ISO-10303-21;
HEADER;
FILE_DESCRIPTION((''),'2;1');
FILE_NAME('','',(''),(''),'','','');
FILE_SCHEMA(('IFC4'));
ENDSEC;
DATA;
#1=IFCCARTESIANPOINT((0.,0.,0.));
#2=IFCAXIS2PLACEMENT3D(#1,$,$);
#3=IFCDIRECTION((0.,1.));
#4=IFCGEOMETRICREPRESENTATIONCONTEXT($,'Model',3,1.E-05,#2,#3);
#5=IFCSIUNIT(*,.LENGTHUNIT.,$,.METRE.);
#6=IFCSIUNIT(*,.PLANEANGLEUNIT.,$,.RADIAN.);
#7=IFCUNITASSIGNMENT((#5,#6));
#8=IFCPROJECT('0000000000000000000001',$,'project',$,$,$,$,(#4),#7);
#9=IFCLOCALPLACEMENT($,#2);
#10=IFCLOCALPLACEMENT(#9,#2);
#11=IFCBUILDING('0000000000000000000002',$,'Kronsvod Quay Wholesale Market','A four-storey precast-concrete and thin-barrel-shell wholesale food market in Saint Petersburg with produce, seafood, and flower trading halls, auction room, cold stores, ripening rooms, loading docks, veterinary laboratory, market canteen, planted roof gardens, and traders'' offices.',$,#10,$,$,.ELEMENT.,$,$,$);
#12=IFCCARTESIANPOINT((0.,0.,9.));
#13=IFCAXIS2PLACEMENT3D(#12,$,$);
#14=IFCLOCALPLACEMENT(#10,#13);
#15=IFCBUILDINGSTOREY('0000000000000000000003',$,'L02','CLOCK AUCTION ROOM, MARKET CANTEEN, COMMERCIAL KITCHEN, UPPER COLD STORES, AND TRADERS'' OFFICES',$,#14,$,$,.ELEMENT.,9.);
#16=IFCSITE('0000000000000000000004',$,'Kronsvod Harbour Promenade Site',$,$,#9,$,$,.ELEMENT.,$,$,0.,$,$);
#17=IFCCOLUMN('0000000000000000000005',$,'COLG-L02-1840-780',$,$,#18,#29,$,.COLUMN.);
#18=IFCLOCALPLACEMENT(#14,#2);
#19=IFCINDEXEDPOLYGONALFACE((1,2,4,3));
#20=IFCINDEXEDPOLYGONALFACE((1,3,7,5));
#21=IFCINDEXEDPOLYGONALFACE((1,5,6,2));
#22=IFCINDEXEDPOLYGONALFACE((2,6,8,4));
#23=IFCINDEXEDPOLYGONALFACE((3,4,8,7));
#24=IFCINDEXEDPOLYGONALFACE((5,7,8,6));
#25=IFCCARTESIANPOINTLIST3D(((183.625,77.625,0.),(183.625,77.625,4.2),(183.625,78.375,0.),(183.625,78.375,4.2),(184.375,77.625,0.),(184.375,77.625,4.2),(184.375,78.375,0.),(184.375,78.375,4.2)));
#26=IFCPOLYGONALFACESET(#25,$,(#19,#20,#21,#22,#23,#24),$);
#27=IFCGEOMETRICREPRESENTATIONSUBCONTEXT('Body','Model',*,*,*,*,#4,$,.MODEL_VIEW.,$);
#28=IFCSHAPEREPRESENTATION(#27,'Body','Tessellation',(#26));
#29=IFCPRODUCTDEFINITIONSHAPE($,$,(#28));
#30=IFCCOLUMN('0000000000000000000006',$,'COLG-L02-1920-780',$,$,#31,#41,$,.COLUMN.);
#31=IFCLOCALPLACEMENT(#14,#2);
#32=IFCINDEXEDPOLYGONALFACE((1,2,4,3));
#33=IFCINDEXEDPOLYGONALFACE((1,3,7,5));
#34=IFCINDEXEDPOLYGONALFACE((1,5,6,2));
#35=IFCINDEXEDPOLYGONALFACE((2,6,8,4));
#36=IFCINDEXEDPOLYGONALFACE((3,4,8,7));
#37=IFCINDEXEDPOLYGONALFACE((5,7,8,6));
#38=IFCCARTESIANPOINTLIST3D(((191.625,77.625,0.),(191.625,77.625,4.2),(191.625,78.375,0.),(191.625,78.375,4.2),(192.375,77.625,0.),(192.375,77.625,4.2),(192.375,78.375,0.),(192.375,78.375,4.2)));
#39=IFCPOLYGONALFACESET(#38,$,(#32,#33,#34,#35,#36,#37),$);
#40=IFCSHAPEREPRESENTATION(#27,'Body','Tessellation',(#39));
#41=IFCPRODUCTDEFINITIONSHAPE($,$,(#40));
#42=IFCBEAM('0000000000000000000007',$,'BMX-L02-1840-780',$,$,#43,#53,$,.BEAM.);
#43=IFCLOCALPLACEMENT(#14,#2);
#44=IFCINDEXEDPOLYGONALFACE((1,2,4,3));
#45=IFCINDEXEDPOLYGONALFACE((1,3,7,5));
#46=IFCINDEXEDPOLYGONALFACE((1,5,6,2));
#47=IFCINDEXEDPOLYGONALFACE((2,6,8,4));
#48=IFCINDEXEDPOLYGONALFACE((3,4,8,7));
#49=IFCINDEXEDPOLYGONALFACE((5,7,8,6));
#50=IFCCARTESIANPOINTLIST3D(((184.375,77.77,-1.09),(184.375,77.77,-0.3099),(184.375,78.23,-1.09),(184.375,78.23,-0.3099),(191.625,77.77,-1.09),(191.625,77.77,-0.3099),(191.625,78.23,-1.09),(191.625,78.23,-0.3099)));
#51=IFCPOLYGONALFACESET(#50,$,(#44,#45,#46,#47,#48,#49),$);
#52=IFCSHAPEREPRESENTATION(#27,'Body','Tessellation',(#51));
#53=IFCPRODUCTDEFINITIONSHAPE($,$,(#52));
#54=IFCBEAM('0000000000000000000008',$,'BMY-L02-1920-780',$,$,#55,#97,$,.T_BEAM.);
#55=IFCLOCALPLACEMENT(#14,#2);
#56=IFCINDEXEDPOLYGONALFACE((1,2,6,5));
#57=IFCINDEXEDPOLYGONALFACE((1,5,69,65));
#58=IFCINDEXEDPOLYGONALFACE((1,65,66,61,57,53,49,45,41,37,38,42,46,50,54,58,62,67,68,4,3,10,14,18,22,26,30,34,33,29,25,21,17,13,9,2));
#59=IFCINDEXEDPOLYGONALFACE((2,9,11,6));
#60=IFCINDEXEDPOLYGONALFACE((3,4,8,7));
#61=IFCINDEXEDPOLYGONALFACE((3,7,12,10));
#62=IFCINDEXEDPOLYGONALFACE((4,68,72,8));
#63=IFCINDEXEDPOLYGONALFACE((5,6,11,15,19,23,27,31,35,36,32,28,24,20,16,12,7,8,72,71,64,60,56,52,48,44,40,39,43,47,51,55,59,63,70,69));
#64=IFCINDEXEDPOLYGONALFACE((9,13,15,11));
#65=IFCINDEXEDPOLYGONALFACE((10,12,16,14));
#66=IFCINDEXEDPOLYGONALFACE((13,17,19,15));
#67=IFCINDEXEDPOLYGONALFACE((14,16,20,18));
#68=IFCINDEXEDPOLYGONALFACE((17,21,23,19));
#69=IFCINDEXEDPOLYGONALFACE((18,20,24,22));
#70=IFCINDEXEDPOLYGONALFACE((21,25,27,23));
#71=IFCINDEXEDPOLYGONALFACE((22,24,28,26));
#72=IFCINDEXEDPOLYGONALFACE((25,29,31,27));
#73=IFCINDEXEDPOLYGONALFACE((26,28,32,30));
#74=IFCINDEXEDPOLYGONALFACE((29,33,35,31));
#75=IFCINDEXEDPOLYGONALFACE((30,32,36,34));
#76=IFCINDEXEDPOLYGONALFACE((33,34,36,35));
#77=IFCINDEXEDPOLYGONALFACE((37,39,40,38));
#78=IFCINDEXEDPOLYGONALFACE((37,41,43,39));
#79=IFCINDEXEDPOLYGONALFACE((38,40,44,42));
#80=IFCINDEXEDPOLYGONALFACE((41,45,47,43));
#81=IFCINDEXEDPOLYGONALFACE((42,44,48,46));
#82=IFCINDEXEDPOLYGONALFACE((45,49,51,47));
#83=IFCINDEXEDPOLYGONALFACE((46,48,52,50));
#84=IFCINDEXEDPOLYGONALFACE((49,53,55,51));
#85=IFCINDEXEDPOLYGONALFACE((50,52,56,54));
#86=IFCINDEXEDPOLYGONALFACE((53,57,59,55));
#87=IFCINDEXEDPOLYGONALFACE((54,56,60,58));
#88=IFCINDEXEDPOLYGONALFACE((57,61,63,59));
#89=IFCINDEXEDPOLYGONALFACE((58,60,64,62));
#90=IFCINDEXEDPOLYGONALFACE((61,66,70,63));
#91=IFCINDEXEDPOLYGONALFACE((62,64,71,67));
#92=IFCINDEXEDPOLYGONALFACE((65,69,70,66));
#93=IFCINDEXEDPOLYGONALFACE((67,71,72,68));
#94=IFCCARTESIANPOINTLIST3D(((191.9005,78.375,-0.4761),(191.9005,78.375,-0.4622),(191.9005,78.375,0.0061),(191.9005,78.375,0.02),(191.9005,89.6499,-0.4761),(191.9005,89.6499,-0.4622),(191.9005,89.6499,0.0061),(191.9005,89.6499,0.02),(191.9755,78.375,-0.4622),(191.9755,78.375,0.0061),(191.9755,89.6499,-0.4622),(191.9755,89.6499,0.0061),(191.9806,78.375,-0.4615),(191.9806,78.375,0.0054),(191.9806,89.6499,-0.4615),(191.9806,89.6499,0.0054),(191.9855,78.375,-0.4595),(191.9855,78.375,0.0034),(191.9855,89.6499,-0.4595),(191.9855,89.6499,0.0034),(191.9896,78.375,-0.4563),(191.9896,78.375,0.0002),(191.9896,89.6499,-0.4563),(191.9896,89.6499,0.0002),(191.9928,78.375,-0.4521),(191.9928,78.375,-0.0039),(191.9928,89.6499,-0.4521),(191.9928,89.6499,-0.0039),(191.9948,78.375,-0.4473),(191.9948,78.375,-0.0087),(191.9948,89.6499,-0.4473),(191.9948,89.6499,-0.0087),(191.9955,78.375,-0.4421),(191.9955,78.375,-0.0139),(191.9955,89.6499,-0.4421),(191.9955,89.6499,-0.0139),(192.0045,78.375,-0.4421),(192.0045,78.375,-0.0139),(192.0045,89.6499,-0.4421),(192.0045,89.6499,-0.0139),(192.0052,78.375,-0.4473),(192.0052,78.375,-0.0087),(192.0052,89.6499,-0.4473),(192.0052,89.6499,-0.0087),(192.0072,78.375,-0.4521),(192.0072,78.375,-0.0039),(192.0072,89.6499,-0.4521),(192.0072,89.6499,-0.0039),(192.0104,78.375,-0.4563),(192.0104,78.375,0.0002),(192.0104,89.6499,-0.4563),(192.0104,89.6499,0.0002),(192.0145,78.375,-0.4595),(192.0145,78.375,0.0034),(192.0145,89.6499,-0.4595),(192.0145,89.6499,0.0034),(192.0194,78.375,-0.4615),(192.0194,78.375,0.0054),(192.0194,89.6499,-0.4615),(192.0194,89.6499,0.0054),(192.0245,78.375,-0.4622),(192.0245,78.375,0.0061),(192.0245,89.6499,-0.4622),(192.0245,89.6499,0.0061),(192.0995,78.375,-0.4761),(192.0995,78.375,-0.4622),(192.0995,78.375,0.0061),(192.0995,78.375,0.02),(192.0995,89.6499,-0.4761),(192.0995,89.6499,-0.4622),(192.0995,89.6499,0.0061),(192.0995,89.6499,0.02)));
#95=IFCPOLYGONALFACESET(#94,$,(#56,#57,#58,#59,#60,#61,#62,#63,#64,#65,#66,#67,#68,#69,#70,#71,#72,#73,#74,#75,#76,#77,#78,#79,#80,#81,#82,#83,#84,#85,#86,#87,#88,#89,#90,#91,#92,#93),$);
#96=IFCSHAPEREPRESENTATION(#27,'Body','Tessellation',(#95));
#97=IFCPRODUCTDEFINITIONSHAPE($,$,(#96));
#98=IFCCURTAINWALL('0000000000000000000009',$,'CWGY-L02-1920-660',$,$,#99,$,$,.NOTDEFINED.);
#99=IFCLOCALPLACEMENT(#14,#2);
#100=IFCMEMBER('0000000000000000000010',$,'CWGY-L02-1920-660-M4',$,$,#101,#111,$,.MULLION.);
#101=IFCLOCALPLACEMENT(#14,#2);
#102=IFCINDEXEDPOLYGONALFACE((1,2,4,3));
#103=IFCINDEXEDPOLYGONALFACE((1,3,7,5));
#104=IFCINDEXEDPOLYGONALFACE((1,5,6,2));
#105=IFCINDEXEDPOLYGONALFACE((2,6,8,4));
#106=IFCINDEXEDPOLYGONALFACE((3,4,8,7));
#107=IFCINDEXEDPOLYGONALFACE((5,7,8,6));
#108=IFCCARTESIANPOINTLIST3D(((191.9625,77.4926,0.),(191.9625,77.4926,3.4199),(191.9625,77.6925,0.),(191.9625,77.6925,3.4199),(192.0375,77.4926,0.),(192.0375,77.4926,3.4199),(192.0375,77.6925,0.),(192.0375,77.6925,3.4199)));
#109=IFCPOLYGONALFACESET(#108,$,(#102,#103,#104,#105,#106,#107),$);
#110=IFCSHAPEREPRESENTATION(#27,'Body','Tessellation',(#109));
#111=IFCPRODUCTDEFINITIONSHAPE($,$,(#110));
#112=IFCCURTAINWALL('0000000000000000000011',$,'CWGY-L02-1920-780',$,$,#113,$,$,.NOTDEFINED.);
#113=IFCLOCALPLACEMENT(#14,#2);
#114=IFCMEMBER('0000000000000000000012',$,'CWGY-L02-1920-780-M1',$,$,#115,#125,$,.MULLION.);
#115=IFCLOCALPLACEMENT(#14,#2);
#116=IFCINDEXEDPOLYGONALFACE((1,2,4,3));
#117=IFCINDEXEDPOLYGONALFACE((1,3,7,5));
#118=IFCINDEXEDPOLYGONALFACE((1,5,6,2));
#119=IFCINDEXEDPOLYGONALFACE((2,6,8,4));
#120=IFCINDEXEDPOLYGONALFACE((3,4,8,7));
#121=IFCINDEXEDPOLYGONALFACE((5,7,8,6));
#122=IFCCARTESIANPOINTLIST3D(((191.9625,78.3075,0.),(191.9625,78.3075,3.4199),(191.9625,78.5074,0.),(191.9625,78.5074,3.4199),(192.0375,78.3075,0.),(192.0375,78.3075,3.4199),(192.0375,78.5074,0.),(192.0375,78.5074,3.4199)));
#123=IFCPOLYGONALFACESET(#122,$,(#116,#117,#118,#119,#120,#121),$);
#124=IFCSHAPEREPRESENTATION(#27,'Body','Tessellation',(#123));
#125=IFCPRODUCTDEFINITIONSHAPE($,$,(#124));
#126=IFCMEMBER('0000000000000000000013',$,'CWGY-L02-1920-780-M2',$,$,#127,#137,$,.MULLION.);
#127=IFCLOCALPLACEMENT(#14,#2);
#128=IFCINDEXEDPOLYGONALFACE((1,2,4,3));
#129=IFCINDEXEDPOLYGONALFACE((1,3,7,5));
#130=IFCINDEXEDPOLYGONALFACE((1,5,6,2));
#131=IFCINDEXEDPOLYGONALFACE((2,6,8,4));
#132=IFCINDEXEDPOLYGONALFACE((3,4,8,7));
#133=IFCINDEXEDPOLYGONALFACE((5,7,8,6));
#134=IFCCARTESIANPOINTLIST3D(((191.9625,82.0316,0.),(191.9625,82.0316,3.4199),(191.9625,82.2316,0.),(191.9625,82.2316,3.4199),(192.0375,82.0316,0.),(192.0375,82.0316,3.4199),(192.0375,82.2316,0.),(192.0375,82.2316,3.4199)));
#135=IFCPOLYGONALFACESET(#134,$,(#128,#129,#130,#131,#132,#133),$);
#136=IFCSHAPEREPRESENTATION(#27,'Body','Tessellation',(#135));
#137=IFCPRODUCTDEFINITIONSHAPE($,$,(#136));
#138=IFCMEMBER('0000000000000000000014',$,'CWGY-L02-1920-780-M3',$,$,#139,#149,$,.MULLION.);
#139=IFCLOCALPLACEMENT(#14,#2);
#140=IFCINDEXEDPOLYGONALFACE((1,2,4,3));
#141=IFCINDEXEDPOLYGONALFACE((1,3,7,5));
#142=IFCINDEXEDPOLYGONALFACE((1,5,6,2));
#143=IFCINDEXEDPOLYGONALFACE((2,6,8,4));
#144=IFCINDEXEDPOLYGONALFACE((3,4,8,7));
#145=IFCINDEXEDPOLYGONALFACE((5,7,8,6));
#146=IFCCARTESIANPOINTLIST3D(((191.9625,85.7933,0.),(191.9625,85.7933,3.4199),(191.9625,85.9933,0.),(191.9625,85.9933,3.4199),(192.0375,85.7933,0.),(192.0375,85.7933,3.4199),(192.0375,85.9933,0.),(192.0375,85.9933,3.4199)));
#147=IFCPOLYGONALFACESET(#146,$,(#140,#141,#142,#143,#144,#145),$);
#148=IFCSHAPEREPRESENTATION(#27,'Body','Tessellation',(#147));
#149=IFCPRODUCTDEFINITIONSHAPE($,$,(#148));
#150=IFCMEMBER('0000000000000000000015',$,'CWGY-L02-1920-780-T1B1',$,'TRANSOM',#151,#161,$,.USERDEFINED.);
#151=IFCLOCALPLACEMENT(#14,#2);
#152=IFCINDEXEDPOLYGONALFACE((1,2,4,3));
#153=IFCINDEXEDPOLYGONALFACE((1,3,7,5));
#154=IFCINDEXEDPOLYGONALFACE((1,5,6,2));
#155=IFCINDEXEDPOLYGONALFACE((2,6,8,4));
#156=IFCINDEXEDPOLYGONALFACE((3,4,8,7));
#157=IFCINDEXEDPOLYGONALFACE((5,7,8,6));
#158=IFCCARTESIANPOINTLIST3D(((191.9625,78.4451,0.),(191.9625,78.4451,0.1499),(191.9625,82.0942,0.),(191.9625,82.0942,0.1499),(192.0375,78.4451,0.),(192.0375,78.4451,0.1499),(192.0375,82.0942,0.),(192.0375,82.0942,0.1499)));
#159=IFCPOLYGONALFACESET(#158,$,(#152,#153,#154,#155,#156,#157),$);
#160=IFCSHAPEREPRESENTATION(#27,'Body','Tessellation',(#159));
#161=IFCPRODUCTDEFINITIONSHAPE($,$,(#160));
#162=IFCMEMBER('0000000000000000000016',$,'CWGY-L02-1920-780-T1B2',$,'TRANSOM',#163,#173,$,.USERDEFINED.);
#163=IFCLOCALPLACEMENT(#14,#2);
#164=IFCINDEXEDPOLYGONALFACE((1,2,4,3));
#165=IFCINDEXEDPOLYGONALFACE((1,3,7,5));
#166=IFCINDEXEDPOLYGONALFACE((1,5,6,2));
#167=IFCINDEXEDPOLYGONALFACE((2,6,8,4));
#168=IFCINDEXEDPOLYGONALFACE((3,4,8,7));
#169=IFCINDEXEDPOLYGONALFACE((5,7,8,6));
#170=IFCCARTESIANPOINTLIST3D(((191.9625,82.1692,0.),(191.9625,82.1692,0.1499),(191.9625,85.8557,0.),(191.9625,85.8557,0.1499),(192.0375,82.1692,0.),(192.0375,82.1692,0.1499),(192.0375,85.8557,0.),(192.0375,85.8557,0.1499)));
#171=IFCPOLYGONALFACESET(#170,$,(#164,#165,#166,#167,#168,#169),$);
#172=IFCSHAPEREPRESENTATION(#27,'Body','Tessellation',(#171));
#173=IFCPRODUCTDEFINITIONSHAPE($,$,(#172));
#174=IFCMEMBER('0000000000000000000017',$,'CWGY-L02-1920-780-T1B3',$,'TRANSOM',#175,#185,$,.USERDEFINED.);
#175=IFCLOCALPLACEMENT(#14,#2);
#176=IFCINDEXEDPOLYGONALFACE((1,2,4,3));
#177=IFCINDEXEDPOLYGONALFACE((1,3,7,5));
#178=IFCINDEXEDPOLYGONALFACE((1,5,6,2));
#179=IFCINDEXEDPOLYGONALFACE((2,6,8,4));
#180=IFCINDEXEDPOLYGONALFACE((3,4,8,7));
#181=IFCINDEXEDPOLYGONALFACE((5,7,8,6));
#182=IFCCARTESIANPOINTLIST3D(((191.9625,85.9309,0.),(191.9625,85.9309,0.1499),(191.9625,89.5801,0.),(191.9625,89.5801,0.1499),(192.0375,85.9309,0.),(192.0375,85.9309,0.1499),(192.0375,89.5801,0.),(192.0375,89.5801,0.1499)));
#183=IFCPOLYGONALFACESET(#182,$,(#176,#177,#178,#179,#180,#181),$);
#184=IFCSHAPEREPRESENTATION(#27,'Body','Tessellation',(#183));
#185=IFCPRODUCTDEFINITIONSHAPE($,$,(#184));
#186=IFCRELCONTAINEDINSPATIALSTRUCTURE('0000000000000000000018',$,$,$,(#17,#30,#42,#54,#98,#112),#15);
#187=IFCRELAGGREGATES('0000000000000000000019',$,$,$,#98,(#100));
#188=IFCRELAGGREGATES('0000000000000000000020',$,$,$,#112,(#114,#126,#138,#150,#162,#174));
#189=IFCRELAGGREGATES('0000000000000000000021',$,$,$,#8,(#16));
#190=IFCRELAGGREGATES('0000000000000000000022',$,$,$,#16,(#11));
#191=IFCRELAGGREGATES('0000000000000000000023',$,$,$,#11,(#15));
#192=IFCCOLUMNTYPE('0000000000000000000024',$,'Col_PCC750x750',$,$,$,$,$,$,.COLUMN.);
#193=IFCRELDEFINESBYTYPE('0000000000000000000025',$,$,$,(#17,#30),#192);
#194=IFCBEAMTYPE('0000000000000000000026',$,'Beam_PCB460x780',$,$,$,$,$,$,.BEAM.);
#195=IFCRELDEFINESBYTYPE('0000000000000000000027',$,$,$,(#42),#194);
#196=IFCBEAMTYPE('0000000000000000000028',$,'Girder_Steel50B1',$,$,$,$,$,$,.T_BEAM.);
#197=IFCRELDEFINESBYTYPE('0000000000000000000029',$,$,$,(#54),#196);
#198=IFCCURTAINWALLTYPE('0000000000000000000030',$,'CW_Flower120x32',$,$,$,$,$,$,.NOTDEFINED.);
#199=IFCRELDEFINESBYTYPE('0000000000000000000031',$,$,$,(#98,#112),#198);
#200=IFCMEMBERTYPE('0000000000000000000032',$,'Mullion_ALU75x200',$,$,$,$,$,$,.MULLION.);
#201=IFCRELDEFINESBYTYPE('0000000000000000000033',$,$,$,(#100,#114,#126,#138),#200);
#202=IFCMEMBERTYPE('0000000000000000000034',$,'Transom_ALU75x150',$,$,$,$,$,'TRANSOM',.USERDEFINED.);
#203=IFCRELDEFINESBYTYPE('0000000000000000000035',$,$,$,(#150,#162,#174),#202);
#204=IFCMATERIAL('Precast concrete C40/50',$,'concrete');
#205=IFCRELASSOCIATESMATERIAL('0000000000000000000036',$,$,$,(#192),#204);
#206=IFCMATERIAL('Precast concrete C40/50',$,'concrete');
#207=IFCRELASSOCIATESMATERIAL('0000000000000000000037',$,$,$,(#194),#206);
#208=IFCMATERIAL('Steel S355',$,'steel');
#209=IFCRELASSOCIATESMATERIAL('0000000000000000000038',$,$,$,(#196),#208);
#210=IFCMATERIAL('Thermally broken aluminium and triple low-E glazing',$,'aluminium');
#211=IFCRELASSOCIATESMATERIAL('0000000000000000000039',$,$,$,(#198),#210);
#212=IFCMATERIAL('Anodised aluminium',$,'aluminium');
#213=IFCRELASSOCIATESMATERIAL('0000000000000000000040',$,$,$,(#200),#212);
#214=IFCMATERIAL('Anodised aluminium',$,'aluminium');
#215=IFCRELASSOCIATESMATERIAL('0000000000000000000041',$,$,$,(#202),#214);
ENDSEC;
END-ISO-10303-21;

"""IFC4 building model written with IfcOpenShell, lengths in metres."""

from ifc_helpers import new_model, si_unit, direction, frame, origin, origin_2d, place, context, subcontext, project, spatial, rectangle, i_section, extrude, material, material_profile, profile_set, type_object, element, aggregate, save


model = new_model("IFC4")

# Units and contexts
model_context = context("Model", 3, precision=1e-05, world=origin(), true_north=direction((0.0, 1.0)))
body_context = subcontext(model_context, "Body", "Model", "MODEL_VIEW")
ifc_project = project(units=[si_unit("LENGTHUNIT", "METRE"), si_unit("PLANEANGLEUNIT", "RADIAN")], contexts=[model_context])

# Site, building, storey
site_placement = place(None, origin())
site = spatial("IfcSite", under=ifc_project, at=site_placement, Name="Kronsvod Harbour Promenade Site", CompositionType="ELEMENT", RefElevation=0.0)
building_placement = place(site_placement, origin())
building = spatial("IfcBuilding", under=site, at=building_placement, Name="Kronsvod Quay Wholesale Market", Description="A four-storey precast-concrete and thin-barrel-shell wholesale food market in Saint Petersburg with produce, seafood, and flower trading halls, auction room, cold stores, ripening rooms, loading docks, veterinary laboratory, market canteen, planted roof gardens, and traders' offices.", CompositionType="ELEMENT")
storey_placement = place(building_placement, frame((0.0, 0.0, 9.0)))
storey = spatial("IfcBuildingStorey", under=building, at=storey_placement, Name="L02", Description="CLOCK AUCTION ROOM, MARKET CANTEEN, COMMERCIAL KITCHEN, UPPER COLD STORES, AND TRADERS' OFFICES", CompositionType="ELEMENT", Elevation=9.0)

# Columns
ifc_material_1 = material(Name="Precast concrete C40/50", Category="concrete")
ifc_material_profile_1 = material_profile(ifc_material_1, rectangle(XDim=0.75, YDim=0.75, at=origin_2d()), Name="COL-07")
ifc_profile_set_1 = profile_set([ifc_material_profile_1], Name="Precast concrete C40/50")
column_type = type_object("IfcColumnType", Name="Col_PCC750x750", PredefinedType="COLUMN", material=ifc_profile_set_1)
for number, where, z_axis, x_axis, name in (
    (1, (184.0, 78.0, 0.0), (0.0, 0.0, 1.0), (1.0, 0.0, 0.0), "COLG-L02-1840-780"),
    (2, (192.0, 78.0, 0.0), (0.0, 0.0, 1.0), (1.0, 0.0, 0.0), "COLG-L02-1920-780"),
):
    element("IfcColumn", number, at=place(storey_placement, frame(where, z_axis=z_axis, x_axis=x_axis)), inside=storey, type_object=column_type, Name=name, PredefinedType="COLUMN", context=body_context, shape_type="SweptSolid", body=[
        extrude(rectangle(XDim=0.75, YDim=0.75, at=origin_2d()), origin(), (0.0, 0.0, 1.0), 4.2),
    ])

# Beams
ifc_material_2 = material(Name="Precast concrete C40/50", Category="concrete")
ifc_material_profile_2 = material_profile(ifc_material_2, rectangle(XDim=0.46, YDim=0.78, at=origin_2d()), Name="PB-03")
ifc_profile_set_2 = profile_set([ifc_material_profile_2], Name="Precast concrete C40/50")
beam_type_1 = type_object("IfcBeamType", Name="Beam_PCB460x780", PredefinedType="BEAM", material=ifc_profile_set_2)
beam_1_placement = place(storey_placement, frame((184.375, 78.0, -0.7), z_axis=(1.0, 0.0, 0.0), x_axis=(0.0, 1.0, 0.0)))
element("IfcBeam", 3, at=beam_1_placement, inside=storey, type_object=beam_type_1, Name="BMX-L02-1840-780", PredefinedType="BEAM", context=body_context, shape_type="SweptSolid", body=[
    extrude(rectangle(XDim=0.46, YDim=0.78, at=origin_2d()), origin(), (0.0, 0.0, 1.0), 7.25),
])
ifc_material_3 = material(Name="Steel S355", Category="steel")
ifc_material_profile_3 = material_profile(ifc_material_3, i_section(OverallWidth=0.199, OverallDepth=0.4961, WebThickness=0.009, FlangeThickness=0.0139, FilletRadius=0.02, at=origin_2d()), Name="50B1")
ifc_profile_set_3 = profile_set([ifc_material_profile_3], Name="Steel S355")
beam_type_2 = type_object("IfcBeamType", Name="Girder_Steel50B1", PredefinedType="T_BEAM", material=ifc_profile_set_3)
beam_2_placement = place(storey_placement, frame((192.0, 78.375, -0.228), z_axis=(0.0, 1.0, 0.0), x_axis=(-1.0, 0.0, 0.0)))
element("IfcBeam", 4, at=beam_2_placement, inside=storey, type_object=beam_type_2, Name="BMY-L02-1920-780", PredefinedType="T_BEAM", context=body_context, shape_type="SweptSolid", body=[
    extrude(i_section(OverallWidth=0.199, OverallDepth=0.4961, WebThickness=0.009, FlangeThickness=0.0139, FilletRadius=0.02, at=origin_2d()), origin(), (0.0, 0.0, 1.0), 11.2749),
])

# Curtain wall, member
ifc_material_4 = material(Name="Thermally broken aluminium and triple low-E glazing", Category="aluminium")
curtain_wall_type = type_object("IfcCurtainWallType", Name="CW_Flower120x32", PredefinedType="NOTDEFINED", material=ifc_material_4)
curtain_wall_1_placement = place(storey_placement, origin())
curtain_wall_1 = element("IfcCurtainWall", 5, at=curtain_wall_1_placement, inside=storey, type_object=curtain_wall_type, Name="CWGY-L02-1920-660", PredefinedType="NOTDEFINED")
ifc_material_5 = material(Name="Anodised aluminium", Category="aluminium")
ifc_material_profile_4 = material_profile(ifc_material_5, rectangle(XDim=0.075, YDim=0.2, at=origin_2d()), Name="ALUM75x200")
ifc_profile_set_4 = profile_set([ifc_material_profile_4], Name="Anodised aluminium")
member_type_1 = type_object("IfcMemberType", Name="Mullion_ALU75x200", PredefinedType="MULLION", material=ifc_profile_set_4)
member_1_placement = place(storey_placement, frame((192.0, 77.5925, 0.0), z_axis=(0.0, 0.0, 1.0), x_axis=(1.0, 0.0, 0.0)))
member_1 = element("IfcMember", 6, at=member_1_placement, type_object=member_type_1, Name="CWGY-L02-1920-660-M4", PredefinedType="MULLION", context=body_context, shape_type="SweptSolid", body=[
    extrude(rectangle(XDim=0.075, YDim=0.2, at=origin_2d()), origin(), (0.0, 0.0, 1.0), 3.4199),
])

# Curtain wall, members
curtain_wall_2_placement = place(storey_placement, origin())
curtain_wall_2 = element("IfcCurtainWall", 7, at=curtain_wall_2_placement, inside=storey, type_object=curtain_wall_type, Name="CWGY-L02-1920-780", PredefinedType="NOTDEFINED")
member_2_placement = place(storey_placement, frame((192.0, 78.4075, 0.0), z_axis=(0.0, 0.0, 1.0), x_axis=(1.0, 0.0, 0.0)))
member_2 = element("IfcMember", 8, at=member_2_placement, type_object=member_type_1, Name="CWGY-L02-1920-780-M1", PredefinedType="MULLION", context=body_context, shape_type="SweptSolid", body=[
    extrude(rectangle(XDim=0.075, YDim=0.2, at=origin_2d()), origin(), (0.0, 0.0, 1.0), 3.4199),
])
member_3_placement = place(storey_placement, frame((192.0, 82.1316, 0.0), z_axis=(0.0, 0.0, 1.0), x_axis=(1.0, 0.0, 0.0)))
member_3 = element("IfcMember", 9, at=member_3_placement, type_object=member_type_1, Name="CWGY-L02-1920-780-M2", PredefinedType="MULLION", context=body_context, shape_type="SweptSolid", body=[
    extrude(rectangle(XDim=0.075, YDim=0.2, at=origin_2d()), origin(), (0.0, 0.0, 1.0), 3.4199),
])
member_4_placement = place(storey_placement, frame((192.0, 85.8933, 0.0), z_axis=(0.0, 0.0, 1.0), x_axis=(1.0, 0.0, 0.0)))
member_4 = element("IfcMember", 10, at=member_4_placement, type_object=member_type_1, Name="CWGY-L02-1920-780-M3", PredefinedType="MULLION", context=body_context, shape_type="SweptSolid", body=[
    extrude(rectangle(XDim=0.075, YDim=0.2, at=origin_2d()), origin(), (0.0, 0.0, 1.0), 3.4199),
])
ifc_material_6 = material(Name="Anodised aluminium", Category="aluminium")
ifc_material_profile_5 = material_profile(ifc_material_6, rectangle(XDim=0.075, YDim=0.1499, at=origin_2d()), Name="ALUT75x150")
ifc_profile_set_5 = profile_set([ifc_material_profile_5], Name="Anodised aluminium")
member_type_2 = type_object("IfcMemberType", Name="Transom_ALU75x150", ElementType="TRANSOM", PredefinedType="USERDEFINED", material=ifc_profile_set_5)
member_5_placement = place(storey_placement, frame((192.0, 78.4451, 0.075), z_axis=(0.0, 1.0, 0.0), x_axis=(-1.0, 0.0, 0.0)))
member_5 = element("IfcMember", 11, at=member_5_placement, type_object=member_type_2, Name="CWGY-L02-1920-780-T1B1", ObjectType="TRANSOM", PredefinedType="USERDEFINED", context=body_context, shape_type="SweptSolid", body=[
    extrude(rectangle(XDim=0.075, YDim=0.1499, at=origin_2d()), origin(), (0.0, 0.0, 1.0), 3.6492),
])
member_6_placement = place(storey_placement, frame((192.0, 82.1692, 0.075), z_axis=(0.0, 1.0, 0.0), x_axis=(-1.0, 0.0, 0.0)))
member_6 = element("IfcMember", 12, at=member_6_placement, type_object=member_type_2, Name="CWGY-L02-1920-780-T1B2", ObjectType="TRANSOM", PredefinedType="USERDEFINED", context=body_context, shape_type="SweptSolid", body=[
    extrude(rectangle(XDim=0.075, YDim=0.1499, at=origin_2d()), origin(), (0.0, 0.0, 1.0), 3.6865),
])
member_7_placement = place(storey_placement, frame((192.0, 85.9309, 0.075), z_axis=(0.0, 1.0, 0.0), x_axis=(-1.0, 0.0, 0.0)))
member_7 = element("IfcMember", 13, at=member_7_placement, type_object=member_type_2, Name="CWGY-L02-1920-780-T1B3", ObjectType="TRANSOM", PredefinedType="USERDEFINED", context=body_context, shape_type="SweptSolid", body=[
    extrude(rectangle(XDim=0.075, YDim=0.1499, at=origin_2d()), origin(), (0.0, 0.0, 1.0), 3.6492),
])

aggregate(curtain_wall_1, [member_1])
aggregate(curtain_wall_2, [member_2, member_3, member_4, member_5, member_6, member_7])

save(model, "model.ifc")
